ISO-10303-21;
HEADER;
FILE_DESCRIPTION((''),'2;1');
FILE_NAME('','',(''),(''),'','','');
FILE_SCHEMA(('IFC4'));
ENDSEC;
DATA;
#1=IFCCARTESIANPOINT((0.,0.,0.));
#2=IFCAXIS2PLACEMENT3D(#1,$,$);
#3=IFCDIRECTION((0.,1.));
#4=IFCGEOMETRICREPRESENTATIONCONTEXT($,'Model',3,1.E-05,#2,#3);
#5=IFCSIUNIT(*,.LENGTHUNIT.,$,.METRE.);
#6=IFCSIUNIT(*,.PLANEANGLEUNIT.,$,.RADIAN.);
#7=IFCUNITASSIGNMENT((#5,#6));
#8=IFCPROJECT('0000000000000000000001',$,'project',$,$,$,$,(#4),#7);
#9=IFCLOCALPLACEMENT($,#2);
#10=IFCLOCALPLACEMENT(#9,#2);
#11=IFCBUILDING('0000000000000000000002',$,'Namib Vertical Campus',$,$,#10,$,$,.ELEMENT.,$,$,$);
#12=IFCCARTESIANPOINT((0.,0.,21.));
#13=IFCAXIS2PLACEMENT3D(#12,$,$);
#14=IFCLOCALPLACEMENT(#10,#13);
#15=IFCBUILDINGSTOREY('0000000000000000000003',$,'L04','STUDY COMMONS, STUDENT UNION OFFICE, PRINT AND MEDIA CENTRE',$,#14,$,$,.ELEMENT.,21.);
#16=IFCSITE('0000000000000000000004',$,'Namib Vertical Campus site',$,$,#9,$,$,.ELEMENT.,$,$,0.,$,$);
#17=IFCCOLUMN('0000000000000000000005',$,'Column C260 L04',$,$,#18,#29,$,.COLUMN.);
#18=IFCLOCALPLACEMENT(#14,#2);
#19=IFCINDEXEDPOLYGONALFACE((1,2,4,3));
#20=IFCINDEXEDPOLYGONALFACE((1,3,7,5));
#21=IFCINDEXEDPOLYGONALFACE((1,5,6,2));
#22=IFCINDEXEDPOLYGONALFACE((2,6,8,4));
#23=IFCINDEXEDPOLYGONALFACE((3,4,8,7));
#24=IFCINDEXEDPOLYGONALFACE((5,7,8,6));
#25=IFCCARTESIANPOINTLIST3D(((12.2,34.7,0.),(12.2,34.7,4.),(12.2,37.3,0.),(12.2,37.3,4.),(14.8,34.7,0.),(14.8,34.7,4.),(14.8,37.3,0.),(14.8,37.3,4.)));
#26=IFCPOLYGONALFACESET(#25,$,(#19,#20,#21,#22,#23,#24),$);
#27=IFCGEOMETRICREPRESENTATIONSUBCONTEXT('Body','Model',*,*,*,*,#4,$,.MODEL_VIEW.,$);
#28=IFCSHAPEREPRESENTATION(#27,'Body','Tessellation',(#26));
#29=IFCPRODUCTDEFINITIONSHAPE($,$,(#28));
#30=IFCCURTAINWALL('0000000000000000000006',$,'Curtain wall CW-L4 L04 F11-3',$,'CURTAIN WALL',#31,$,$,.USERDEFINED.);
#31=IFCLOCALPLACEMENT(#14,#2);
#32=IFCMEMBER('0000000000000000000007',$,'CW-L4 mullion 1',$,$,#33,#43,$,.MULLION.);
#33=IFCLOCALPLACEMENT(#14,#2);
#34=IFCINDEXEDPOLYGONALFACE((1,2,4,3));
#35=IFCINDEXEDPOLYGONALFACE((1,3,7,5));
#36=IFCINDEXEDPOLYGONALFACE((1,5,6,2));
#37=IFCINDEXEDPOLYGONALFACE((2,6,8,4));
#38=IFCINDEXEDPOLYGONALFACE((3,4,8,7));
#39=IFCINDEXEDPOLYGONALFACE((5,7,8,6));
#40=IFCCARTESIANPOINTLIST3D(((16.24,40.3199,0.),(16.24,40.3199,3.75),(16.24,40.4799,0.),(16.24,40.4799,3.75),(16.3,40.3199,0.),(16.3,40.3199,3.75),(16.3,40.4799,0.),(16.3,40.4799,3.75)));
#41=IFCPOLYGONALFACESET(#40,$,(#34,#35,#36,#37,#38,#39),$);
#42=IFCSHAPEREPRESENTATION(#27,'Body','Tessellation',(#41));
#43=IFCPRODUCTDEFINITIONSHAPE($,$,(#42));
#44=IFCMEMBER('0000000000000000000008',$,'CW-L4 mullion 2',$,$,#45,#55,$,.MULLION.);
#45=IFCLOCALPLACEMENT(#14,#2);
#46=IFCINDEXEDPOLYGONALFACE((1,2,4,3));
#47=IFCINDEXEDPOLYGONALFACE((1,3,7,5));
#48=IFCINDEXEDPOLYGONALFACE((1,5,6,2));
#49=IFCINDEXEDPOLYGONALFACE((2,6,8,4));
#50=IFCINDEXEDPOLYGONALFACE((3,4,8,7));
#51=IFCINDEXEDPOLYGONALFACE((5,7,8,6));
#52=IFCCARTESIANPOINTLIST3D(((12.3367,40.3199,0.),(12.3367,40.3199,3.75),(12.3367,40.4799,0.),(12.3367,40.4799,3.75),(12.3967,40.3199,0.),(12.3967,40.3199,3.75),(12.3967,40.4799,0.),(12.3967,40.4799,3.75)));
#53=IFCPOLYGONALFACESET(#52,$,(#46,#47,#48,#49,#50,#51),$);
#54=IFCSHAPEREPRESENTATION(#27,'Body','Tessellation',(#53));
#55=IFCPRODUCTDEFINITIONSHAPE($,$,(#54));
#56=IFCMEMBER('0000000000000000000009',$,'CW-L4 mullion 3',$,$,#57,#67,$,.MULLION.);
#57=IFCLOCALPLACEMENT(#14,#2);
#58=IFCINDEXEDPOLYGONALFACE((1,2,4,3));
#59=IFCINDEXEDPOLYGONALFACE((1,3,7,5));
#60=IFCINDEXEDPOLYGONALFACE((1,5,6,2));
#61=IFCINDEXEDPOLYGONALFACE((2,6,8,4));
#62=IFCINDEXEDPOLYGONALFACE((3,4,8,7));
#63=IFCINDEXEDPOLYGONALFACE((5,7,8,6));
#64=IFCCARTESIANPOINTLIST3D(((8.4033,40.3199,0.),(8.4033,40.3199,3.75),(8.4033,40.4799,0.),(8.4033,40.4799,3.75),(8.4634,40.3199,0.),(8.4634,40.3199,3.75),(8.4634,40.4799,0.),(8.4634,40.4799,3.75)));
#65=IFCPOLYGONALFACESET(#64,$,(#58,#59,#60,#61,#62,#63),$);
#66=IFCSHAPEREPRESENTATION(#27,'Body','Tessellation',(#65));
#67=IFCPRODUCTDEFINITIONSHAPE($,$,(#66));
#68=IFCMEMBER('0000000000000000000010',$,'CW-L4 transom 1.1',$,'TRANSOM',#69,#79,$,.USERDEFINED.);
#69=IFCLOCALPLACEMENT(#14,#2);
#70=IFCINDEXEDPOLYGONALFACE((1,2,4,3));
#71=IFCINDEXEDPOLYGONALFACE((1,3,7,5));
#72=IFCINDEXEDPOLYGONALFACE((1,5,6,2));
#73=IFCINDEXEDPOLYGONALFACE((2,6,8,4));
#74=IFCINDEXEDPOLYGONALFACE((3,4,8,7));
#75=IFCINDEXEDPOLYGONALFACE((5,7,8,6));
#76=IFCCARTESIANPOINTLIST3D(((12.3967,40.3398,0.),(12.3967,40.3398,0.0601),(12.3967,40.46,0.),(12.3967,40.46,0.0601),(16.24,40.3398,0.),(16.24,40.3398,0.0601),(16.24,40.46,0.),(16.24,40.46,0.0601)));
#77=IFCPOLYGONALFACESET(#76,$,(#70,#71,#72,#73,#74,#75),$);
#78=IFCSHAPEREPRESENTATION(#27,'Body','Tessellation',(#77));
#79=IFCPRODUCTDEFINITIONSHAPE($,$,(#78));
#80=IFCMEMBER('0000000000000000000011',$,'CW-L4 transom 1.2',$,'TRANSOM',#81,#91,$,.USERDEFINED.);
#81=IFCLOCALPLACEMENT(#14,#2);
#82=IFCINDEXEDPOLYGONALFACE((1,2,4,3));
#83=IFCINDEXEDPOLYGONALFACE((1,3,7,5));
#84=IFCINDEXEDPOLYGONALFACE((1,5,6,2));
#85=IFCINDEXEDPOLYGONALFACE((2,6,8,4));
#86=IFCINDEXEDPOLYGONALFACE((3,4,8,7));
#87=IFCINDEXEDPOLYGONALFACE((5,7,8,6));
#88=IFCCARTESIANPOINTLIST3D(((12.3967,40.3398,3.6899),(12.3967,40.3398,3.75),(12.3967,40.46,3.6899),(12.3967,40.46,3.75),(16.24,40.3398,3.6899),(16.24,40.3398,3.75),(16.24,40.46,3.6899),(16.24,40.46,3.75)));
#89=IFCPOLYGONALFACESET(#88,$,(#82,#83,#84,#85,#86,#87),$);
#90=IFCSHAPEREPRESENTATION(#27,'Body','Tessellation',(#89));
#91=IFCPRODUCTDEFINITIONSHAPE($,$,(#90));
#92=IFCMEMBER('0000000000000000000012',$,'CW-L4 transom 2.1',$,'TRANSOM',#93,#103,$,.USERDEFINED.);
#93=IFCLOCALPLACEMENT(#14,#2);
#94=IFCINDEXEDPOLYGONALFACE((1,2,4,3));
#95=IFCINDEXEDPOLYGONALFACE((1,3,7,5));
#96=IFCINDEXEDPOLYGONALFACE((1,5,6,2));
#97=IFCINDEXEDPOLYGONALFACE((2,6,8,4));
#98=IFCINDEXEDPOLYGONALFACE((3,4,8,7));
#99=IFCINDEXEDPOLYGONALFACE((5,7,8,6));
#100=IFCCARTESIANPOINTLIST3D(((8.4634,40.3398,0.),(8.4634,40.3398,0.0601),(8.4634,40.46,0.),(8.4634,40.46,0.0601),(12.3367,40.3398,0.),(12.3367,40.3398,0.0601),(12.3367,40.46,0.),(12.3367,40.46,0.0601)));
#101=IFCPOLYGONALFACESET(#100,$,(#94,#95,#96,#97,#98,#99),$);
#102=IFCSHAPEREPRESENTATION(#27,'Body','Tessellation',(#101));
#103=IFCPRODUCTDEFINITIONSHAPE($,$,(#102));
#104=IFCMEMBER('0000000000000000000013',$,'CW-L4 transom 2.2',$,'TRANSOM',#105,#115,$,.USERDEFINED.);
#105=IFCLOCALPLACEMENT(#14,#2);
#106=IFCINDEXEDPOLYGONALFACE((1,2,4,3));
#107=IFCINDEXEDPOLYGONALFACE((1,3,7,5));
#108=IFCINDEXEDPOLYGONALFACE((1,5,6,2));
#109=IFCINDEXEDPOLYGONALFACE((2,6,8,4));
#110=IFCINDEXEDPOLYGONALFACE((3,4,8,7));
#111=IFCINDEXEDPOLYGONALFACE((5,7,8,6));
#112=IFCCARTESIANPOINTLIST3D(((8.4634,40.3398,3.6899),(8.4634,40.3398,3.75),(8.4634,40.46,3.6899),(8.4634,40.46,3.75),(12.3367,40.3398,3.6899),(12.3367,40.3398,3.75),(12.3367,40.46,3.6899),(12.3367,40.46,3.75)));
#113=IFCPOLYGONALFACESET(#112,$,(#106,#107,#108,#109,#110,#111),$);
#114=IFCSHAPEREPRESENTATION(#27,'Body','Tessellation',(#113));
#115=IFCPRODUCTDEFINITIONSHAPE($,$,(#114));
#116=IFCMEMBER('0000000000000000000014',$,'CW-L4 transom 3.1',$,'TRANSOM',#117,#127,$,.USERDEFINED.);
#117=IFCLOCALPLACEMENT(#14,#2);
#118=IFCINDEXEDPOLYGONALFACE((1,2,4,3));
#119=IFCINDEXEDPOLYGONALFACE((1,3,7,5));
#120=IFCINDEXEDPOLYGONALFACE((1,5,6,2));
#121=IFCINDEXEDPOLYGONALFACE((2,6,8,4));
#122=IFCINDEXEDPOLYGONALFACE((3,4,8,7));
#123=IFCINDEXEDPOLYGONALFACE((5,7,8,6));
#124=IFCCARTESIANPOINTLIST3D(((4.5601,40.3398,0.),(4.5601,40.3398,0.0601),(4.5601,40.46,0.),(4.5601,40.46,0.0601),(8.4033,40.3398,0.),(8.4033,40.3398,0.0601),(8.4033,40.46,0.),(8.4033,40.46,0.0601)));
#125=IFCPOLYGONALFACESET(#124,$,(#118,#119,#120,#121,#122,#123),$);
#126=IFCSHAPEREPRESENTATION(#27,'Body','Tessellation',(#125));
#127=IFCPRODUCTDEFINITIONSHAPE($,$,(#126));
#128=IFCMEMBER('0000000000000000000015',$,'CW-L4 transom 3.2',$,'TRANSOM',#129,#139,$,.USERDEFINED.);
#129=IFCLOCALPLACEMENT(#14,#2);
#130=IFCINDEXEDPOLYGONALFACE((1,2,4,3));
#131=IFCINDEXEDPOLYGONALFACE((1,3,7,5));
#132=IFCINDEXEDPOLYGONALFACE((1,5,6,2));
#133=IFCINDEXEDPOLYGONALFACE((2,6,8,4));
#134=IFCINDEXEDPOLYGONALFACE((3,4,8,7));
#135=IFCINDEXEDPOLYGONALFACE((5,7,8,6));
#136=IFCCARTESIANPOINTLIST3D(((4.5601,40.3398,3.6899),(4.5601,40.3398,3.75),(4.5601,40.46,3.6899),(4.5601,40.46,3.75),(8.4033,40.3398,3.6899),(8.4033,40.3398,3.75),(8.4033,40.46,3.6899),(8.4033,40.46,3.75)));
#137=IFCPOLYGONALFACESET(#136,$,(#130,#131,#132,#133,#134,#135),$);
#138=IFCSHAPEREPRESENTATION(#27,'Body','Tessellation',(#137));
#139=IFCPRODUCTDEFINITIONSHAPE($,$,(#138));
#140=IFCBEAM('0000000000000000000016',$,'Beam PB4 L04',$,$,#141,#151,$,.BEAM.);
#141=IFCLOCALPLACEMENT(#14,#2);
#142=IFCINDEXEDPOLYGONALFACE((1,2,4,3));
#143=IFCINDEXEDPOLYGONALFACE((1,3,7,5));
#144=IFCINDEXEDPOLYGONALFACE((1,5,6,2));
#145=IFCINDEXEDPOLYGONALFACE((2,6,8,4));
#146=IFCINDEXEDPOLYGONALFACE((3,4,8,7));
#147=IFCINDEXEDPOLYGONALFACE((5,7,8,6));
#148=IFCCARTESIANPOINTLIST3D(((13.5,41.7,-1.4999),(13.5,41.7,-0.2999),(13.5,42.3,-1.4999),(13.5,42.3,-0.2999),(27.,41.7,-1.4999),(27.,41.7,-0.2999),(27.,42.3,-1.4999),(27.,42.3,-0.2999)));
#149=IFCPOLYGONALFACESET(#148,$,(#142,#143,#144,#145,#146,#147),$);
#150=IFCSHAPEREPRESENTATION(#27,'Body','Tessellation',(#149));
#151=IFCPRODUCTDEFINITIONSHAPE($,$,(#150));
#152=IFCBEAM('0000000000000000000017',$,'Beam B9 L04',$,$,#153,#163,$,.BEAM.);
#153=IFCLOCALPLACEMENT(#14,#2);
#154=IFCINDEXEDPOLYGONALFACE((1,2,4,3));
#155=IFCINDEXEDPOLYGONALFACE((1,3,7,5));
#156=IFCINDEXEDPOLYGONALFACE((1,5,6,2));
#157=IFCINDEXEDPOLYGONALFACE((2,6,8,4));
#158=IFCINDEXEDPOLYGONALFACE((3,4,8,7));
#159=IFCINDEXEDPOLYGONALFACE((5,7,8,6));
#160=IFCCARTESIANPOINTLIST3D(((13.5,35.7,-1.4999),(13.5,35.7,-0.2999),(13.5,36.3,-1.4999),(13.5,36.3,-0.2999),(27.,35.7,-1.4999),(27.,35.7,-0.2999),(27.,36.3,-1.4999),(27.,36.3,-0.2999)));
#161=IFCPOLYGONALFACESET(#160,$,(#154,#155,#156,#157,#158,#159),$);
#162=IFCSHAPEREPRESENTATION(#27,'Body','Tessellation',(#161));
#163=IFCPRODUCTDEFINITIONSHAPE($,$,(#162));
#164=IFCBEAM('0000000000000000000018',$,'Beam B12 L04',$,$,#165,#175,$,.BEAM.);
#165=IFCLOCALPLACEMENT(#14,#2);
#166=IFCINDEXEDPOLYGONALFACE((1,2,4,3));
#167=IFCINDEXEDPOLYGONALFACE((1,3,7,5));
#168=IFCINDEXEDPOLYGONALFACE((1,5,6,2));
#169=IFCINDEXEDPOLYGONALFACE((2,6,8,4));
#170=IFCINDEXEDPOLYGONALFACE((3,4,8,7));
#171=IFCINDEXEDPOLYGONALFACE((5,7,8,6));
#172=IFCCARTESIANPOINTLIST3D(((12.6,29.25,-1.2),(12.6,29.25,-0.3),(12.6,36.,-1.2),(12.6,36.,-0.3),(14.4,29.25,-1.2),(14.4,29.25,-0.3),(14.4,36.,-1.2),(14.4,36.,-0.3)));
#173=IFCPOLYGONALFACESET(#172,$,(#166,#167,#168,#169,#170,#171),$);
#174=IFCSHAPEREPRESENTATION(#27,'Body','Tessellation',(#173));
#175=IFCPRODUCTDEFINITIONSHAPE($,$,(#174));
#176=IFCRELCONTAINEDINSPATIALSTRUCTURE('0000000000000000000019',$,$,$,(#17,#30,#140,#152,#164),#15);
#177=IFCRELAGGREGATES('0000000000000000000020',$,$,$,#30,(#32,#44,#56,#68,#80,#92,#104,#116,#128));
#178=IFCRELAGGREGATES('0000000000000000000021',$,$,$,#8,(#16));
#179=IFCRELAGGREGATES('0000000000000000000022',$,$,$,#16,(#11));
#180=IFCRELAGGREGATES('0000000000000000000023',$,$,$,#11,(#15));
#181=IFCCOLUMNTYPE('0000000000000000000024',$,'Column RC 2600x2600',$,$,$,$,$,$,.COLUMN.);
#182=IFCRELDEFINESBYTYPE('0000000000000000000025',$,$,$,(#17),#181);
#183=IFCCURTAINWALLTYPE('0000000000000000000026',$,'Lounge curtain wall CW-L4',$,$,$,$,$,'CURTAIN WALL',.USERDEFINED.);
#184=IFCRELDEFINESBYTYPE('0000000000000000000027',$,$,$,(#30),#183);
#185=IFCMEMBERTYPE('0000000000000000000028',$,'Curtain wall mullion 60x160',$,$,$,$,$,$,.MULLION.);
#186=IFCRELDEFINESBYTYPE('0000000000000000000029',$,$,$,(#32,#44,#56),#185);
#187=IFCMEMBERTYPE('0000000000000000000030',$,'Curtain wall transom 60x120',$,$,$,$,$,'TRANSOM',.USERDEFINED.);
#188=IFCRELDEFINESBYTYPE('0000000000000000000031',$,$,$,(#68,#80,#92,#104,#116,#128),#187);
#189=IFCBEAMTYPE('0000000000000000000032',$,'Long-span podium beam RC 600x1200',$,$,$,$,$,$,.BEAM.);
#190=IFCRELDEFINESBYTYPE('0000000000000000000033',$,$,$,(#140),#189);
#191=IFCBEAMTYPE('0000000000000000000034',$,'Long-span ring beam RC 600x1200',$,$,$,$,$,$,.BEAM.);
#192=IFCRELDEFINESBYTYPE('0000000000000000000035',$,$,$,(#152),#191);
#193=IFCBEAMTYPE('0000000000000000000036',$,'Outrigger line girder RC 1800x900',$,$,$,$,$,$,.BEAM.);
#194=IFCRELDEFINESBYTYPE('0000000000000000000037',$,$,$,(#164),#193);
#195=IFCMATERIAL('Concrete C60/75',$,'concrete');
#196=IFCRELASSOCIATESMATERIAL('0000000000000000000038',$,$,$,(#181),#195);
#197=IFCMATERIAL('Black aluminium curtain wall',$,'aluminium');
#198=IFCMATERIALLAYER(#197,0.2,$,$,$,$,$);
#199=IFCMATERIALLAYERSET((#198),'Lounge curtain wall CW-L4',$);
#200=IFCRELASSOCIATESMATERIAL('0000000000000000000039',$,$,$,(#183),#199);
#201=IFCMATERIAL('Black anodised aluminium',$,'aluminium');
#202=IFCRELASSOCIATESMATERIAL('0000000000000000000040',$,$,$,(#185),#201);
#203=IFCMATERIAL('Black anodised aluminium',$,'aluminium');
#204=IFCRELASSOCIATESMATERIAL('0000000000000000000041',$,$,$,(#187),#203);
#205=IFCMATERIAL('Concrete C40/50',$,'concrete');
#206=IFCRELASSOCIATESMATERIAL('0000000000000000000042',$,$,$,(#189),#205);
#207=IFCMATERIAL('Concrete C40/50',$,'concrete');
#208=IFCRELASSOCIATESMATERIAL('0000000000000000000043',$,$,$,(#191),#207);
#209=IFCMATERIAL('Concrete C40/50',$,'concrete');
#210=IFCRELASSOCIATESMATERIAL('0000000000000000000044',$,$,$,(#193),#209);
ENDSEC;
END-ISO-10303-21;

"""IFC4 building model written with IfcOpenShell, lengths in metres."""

from ifc_helpers import new_model, si_unit, direction, frame, origin, origin_2d, place, context, subcontext, project, spatial, rectangle, extrude, material, layer, layer_set, material_profile, profile_set, type_object, element, aggregate, save


model = new_model("IFC4")

# Units and contexts
model_context = context("Model", 3, precision=1e-05, world=origin(), true_north=direction((0.0, 1.0)))
body_context = subcontext(model_context, "Body", "Model", "MODEL_VIEW")
ifc_project = project(units=[si_unit("LENGTHUNIT", "METRE"), si_unit("PLANEANGLEUNIT", "RADIAN")], contexts=[model_context])

# Site, building, storey
site_placement = place(None, origin())
site = spatial("IfcSite", under=ifc_project, at=site_placement, Name="Namib Vertical Campus site", CompositionType="ELEMENT", RefElevation=0.0)
building_placement = place(site_placement, origin())
building = spatial("IfcBuilding", under=site, at=building_placement, Name="Namib Vertical Campus", CompositionType="ELEMENT")
storey_placement = place(building_placement, frame((0.0, 0.0, 21.0)))
storey = spatial("IfcBuildingStorey", under=building, at=storey_placement, Name="L04", Description="STUDY COMMONS, STUDENT UNION OFFICE, PRINT AND MEDIA CENTRE", CompositionType="ELEMENT", Elevation=21.0)

# Column
ifc_material_1 = material(Name="Concrete C60/75", Category="concrete")
ifc_material_profile_1 = material_profile(ifc_material_1, rectangle(XDim=2.6001, YDim=2.6001, at=origin_2d()))
ifc_profile_set_1 = profile_set([ifc_material_profile_1], Name="Concrete C60/75")
column_type = type_object("IfcColumnType", Name="Column RC 2600x2600", PredefinedType="COLUMN", material=ifc_profile_set_1)
column_placement = place(storey_placement, frame((13.5, 36.0, 0.0), z_axis=(0.0, 0.0, 1.0), x_axis=(1.0, 0.0, 0.0)))
element("IfcColumn", 1, at=column_placement, inside=storey, type_object=column_type, Name="Column C260 L04", PredefinedType="COLUMN", context=body_context, shape_type="SweptSolid", body=[
    extrude(rectangle(XDim=2.6001, YDim=2.6001, at=origin_2d()), origin(), (0.0, 0.0, 1.0), 4.0),
])

# Curtain wall, members
ifc_material_2 = material(Name="Black aluminium curtain wall", Category="aluminium")
ifc_layer_1 = layer(ifc_material_2, 0.2)
ifc_layer_set_1 = layer_set([ifc_layer_1], Name="Lounge curtain wall CW-L4")
curtain_wall_type = type_object("IfcCurtainWallType", Name="Lounge curtain wall CW-L4", ElementType="CURTAIN WALL", PredefinedType="USERDEFINED", material=ifc_layer_set_1)
curtain_wall_placement = place(storey_placement, origin())
curtain_wall = element("IfcCurtainWall", 2, at=curtain_wall_placement, inside=storey, type_object=curtain_wall_type, Name="Curtain wall CW-L4 L04 F11-3", ObjectType="CURTAIN WALL", PredefinedType="USERDEFINED")
ifc_material_3 = material(Name="Black anodised aluminium", Category="aluminium")
ifc_material_profile_2 = material_profile(ifc_material_3, rectangle(XDim=0.0601, YDim=0.1599, at=origin_2d()))
ifc_profile_set_2 = profile_set([ifc_material_profile_2], Name="Black anodised aluminium")
member_type_1 = type_object("IfcMemberType", Name="Curtain wall mullion 60x160", PredefinedType="MULLION", material=ifc_profile_set_2)
member_1_placement = place(storey_placement, frame((16.27, 40.3999, 0.0), z_axis=(0.0, 0.0, 1.0), x_axis=(-1.0, 0.0, 0.0)))
member_1 = element("IfcMember", 3, at=member_1_placement, type_object=member_type_1, Name="CW-L4 mullion 1", PredefinedType="MULLION", context=body_context, shape_type="SweptSolid", body=[
    extrude(rectangle(XDim=0.0601, YDim=0.1599, at=origin_2d()), origin(), (0.0, 0.0, 1.0), 3.75),
])
member_2_placement = place(storey_placement, frame((12.3667, 40.3999, 0.0), z_axis=(0.0, 0.0, 1.0), x_axis=(-1.0, 0.0, 0.0)))
member_2 = element("IfcMember", 4, at=member_2_placement, type_object=member_type_1, Name="CW-L4 mullion 2", PredefinedType="MULLION", context=body_context, shape_type="SweptSolid", body=[
    extrude(rectangle(XDim=0.0601, YDim=0.1599, at=origin_2d()), origin(), (0.0, 0.0, 1.0), 3.75),
])
member_3_placement = place(storey_placement, frame((8.4333, 40.3999, 0.0), z_axis=(0.0, 0.0, 1.0), x_axis=(-1.0, 0.0, 0.0)))
member_3 = element("IfcMember", 5, at=member_3_placement, type_object=member_type_1, Name="CW-L4 mullion 3", PredefinedType="MULLION", context=body_context, shape_type="SweptSolid", body=[
    extrude(rectangle(XDim=0.0601, YDim=0.1599, at=origin_2d()), origin(), (0.0, 0.0, 1.0), 3.75),
])
ifc_material_4 = material(Name="Black anodised aluminium", Category="aluminium")
ifc_material_profile_3 = material_profile(ifc_material_4, rectangle(XDim=0.0601, YDim=0.1201, at=origin_2d()))
ifc_profile_set_3 = profile_set([ifc_material_profile_3], Name="Black anodised aluminium")
member_type_2 = type_object("IfcMemberType", Name="Curtain wall transom 60x120", ElementType="TRANSOM", PredefinedType="USERDEFINED", material=ifc_profile_set_3)
member_4_placement = place(storey_placement, frame((16.24, 40.3999, 0.03), z_axis=(-1.0, 0.0, 0.0), x_axis=(0.0, 0.0, 1.0)))
member_4 = element("IfcMember", 6, at=member_4_placement, type_object=member_type_2, Name="CW-L4 transom 1.1", ObjectType="TRANSOM", PredefinedType="USERDEFINED", context=body_context, shape_type="SweptSolid", body=[
    extrude(rectangle(XDim=0.0601, YDim=0.1201, at=origin_2d()), origin(), (0.0, 0.0, 1.0), 3.8433),
])
member_5_placement = place(storey_placement, frame((16.24, 40.3999, 3.72), z_axis=(-1.0, 0.0, 0.0), x_axis=(0.0, 0.0, 1.0)))
member_5 = element("IfcMember", 7, at=member_5_placement, type_object=member_type_2, Name="CW-L4 transom 1.2", ObjectType="TRANSOM", PredefinedType="USERDEFINED", context=body_context, shape_type="SweptSolid", body=[
    extrude(rectangle(XDim=0.0601, YDim=0.1201, at=origin_2d()), origin(), (0.0, 0.0, 1.0), 3.8433),
])
member_6_placement = place(storey_placement, frame((12.3367, 40.3999, 0.03), z_axis=(-1.0, 0.0, 0.0), x_axis=(0.0, 0.0, 1.0)))
member_6 = element("IfcMember", 8, at=member_6_placement, type_object=member_type_2, Name="CW-L4 transom 2.1", ObjectType="TRANSOM", PredefinedType="USERDEFINED", context=body_context, shape_type="SweptSolid", body=[
    extrude(rectangle(XDim=0.0601, YDim=0.1201, at=origin_2d()), origin(), (0.0, 0.0, 1.0), 3.8733),
])
member_7_placement = place(storey_placement, frame((12.3367, 40.3999, 3.72), z_axis=(-1.0, 0.0, 0.0), x_axis=(0.0, 0.0, 1.0)))
member_7 = element("IfcMember", 9, at=member_7_placement, type_object=member_type_2, Name="CW-L4 transom 2.2", ObjectType="TRANSOM", PredefinedType="USERDEFINED", context=body_context, shape_type="SweptSolid", body=[
    extrude(rectangle(XDim=0.0601, YDim=0.1201, at=origin_2d()), origin(), (0.0, 0.0, 1.0), 3.8733),
])
member_8_placement = place(storey_placement, frame((8.4033, 40.3999, 0.03), z_axis=(-1.0, 0.0, 0.0), x_axis=(0.0, 0.0, 1.0)))
member_8 = element("IfcMember", 10, at=member_8_placement, type_object=member_type_2, Name="CW-L4 transom 3.1", ObjectType="TRANSOM", PredefinedType="USERDEFINED", context=body_context, shape_type="SweptSolid", body=[
    extrude(rectangle(XDim=0.0601, YDim=0.1201, at=origin_2d()), origin(), (0.0, 0.0, 1.0), 3.8433),
])
member_9_placement = place(storey_placement, frame((8.4033, 40.3999, 3.72), z_axis=(-1.0, 0.0, 0.0), x_axis=(0.0, 0.0, 1.0)))
member_9 = element("IfcMember", 11, at=member_9_placement, type_object=member_type_2, Name="CW-L4 transom 3.2", ObjectType="TRANSOM", PredefinedType="USERDEFINED", context=body_context, shape_type="SweptSolid", body=[
    extrude(rectangle(XDim=0.0601, YDim=0.1201, at=origin_2d()), origin(), (0.0, 0.0, 1.0), 3.8433),
])

# Beams
ifc_material_5 = material(Name="Concrete C40/50", Category="concrete")
ifc_material_profile_4 = material_profile(ifc_material_5, rectangle(XDim=0.6001, YDim=1.2, at=origin_2d()))
ifc_profile_set_4 = profile_set([ifc_material_profile_4], Name="Concrete C40/50")
beam_type_1 = type_object("IfcBeamType", Name="Long-span podium beam RC 600x1200", PredefinedType="BEAM", material=ifc_profile_set_4)
beam_1_placement = place(storey_placement, frame((13.5, 42.0, -0.8999), z_axis=(1.0, 0.0, 0.0), x_axis=(0.0, 1.0, 0.0)))
element("IfcBeam", 12, at=beam_1_placement, inside=storey, type_object=beam_type_1, Name="Beam PB4 L04", PredefinedType="BEAM", context=body_context, shape_type="SweptSolid", body=[
    extrude(rectangle(XDim=0.6001, YDim=1.2, at=origin_2d()), origin(), (0.0, 0.0, 1.0), 13.5),
])
ifc_material_6 = material(Name="Concrete C40/50", Category="concrete")
ifc_material_profile_5 = material_profile(ifc_material_6, rectangle(XDim=0.6001, YDim=1.2, at=origin_2d()))
ifc_profile_set_5 = profile_set([ifc_material_profile_5], Name="Concrete C40/50")
beam_type_2 = type_object("IfcBeamType", Name="Long-span ring beam RC 600x1200", PredefinedType="BEAM", material=ifc_profile_set_5)
beam_2_placement = place(storey_placement, frame((13.5, 36.0, -0.8999), z_axis=(1.0, 0.0, 0.0), x_axis=(0.0, 1.0, 0.0)))
element("IfcBeam", 13, at=beam_2_placement, inside=storey, type_object=beam_type_2, Name="Beam B9 L04", PredefinedType="BEAM", context=body_context, shape_type="SweptSolid", body=[
    extrude(rectangle(XDim=0.6001, YDim=1.2, at=origin_2d()), origin(), (0.0, 0.0, 1.0), 13.5),
])
ifc_material_7 = material(Name="Concrete C40/50", Category="concrete")
ifc_material_profile_6 = material_profile(ifc_material_7, rectangle(XDim=1.8, YDim=0.8999, at=origin_2d()))
ifc_profile_set_6 = profile_set([ifc_material_profile_6], Name="Concrete C40/50")
beam_type_3 = type_object("IfcBeamType", Name="Outrigger line girder RC 1800x900", PredefinedType="BEAM", material=ifc_profile_set_6)
beam_3_placement = place(storey_placement, frame((13.5, 36.0, -0.75), z_axis=(0.0, -1.0, 0.0), x_axis=(1.0, 0.0, 0.0)))
element("IfcBeam", 14, at=beam_3_placement, inside=storey, type_object=beam_type_3, Name="Beam B12 L04", PredefinedType="BEAM", context=body_context, shape_type="SweptSolid", body=[
    extrude(rectangle(XDim=1.8, YDim=0.8999, at=origin_2d()), origin(), (0.0, 0.0, 1.0), 6.75),
])

aggregate(curtain_wall, [member_1, member_2, member_3, member_4, member_5, member_6, member_7, member_8, member_9])

save(model, "model.ifc")
